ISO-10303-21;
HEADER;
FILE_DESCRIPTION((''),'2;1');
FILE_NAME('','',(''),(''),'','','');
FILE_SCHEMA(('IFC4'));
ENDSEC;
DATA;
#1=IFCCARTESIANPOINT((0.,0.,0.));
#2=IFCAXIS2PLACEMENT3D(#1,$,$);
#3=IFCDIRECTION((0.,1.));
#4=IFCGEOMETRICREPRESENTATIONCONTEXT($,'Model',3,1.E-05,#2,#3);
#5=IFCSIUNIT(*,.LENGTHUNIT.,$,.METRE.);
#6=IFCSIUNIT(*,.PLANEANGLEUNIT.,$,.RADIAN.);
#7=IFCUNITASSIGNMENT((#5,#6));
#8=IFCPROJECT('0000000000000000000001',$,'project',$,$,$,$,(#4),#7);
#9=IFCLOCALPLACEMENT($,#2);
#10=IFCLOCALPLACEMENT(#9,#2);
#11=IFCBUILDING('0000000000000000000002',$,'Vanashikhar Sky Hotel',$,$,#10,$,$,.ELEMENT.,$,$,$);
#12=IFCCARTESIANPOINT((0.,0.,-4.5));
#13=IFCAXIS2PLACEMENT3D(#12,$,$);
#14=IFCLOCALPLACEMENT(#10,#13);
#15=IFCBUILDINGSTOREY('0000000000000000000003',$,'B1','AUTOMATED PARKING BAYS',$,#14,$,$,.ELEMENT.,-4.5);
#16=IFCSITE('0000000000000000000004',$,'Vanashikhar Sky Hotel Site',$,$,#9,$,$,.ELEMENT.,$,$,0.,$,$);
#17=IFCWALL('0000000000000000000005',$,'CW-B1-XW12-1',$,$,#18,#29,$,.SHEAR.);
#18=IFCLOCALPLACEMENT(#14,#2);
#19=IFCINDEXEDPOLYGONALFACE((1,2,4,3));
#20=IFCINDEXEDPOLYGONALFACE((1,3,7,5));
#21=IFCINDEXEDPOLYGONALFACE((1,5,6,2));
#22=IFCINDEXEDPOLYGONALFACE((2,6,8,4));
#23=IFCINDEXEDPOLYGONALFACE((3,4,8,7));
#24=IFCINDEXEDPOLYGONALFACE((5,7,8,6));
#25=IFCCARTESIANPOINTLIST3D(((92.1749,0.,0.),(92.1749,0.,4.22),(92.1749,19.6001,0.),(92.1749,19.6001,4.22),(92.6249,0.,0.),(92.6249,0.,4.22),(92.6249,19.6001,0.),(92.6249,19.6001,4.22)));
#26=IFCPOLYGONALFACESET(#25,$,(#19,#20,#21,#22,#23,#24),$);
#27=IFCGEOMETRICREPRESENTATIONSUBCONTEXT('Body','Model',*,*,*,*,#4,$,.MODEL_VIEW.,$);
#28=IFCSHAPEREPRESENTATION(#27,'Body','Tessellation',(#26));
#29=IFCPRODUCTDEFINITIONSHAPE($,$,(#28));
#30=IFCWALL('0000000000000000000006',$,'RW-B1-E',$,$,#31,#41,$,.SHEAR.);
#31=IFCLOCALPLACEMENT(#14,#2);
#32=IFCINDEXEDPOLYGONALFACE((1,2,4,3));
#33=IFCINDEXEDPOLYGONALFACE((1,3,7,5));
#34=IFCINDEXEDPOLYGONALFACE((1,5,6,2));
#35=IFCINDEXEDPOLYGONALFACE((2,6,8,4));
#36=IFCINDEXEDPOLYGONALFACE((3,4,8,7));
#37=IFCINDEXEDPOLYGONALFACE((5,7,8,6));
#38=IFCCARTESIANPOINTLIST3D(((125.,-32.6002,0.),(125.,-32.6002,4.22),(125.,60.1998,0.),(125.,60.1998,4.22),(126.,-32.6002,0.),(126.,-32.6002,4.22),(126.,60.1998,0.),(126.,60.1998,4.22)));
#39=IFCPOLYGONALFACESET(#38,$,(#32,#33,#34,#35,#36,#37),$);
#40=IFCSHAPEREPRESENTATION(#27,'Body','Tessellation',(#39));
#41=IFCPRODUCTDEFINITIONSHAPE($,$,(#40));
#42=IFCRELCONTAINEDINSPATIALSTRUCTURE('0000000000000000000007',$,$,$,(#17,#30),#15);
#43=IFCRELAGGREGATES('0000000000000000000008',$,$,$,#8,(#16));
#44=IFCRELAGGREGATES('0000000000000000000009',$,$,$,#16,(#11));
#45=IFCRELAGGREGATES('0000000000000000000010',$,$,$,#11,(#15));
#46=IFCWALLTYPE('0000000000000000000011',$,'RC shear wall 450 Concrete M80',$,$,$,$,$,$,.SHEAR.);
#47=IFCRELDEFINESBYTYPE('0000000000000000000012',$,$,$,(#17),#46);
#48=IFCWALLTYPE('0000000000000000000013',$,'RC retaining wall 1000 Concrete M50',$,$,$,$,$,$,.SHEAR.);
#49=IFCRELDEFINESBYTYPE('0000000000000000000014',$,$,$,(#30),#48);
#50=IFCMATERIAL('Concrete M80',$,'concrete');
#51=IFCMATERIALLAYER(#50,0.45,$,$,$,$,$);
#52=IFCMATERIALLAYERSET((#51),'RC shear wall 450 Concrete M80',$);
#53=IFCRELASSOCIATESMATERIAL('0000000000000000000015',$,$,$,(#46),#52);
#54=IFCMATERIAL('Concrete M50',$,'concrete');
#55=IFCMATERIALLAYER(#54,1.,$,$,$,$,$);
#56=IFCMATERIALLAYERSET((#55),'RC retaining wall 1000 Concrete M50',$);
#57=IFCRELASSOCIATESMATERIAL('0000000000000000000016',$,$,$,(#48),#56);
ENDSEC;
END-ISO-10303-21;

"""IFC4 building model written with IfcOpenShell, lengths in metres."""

from ifc_helpers import new_model, si_unit, direction, frame, frame_2d, origin, place, context, subcontext, project, spatial, rectangle, extrude, source, transform, mapped, material, layer, layer_set, type_object, element, save


model = new_model("IFC4")

# Units and contexts
model_context = context("Model", 3, precision=1e-05, world=origin(), true_north=direction((0.0, 1.0)))
body_context = subcontext(model_context, "Body", "Model", "MODEL_VIEW")
ifc_project = project(units=[si_unit("LENGTHUNIT", "METRE"), si_unit("PLANEANGLEUNIT", "RADIAN")], contexts=[model_context])

# Site, building, storey
site_placement = place(None, origin())
site = spatial("IfcSite", under=ifc_project, at=site_placement, Name="Vanashikhar Sky Hotel Site", CompositionType="ELEMENT", RefElevation=0.0)
building_placement = place(site_placement, origin())
building = spatial("IfcBuilding", under=site, at=building_placement, Name="Vanashikhar Sky Hotel", CompositionType="ELEMENT")
storey_placement = place(building_placement, frame((0.0, 0.0, -4.5)))
storey = spatial("IfcBuildingStorey", under=building, at=storey_placement, Name="B1", Description="AUTOMATED PARKING BAYS", CompositionType="ELEMENT", Elevation=-4.5)

# Walls
ifc_material_1 = material(Name="Concrete M80", Category="concrete")
ifc_layer_1 = layer(ifc_material_1, 0.45)
ifc_layer_set_1 = layer_set([ifc_layer_1], Name="RC shear wall 450 Concrete M80")
wall_type_1 = type_object("IfcWallType", Name="RC shear wall 450 Concrete M80", PredefinedType="SHEAR", material=ifc_layer_set_1)
shared_shape_1 = source(origin(), body_context, "Body", "SweptSolid", [
    extrude(rectangle(XDim=19.6001, YDim=0.45, at=frame_2d((9.8, 0.0))), origin(), (0.0, 0.0, 1.0), 4.22),
])
wall_1_placement = place(storey_placement, frame((92.3999, 0.0, 0.0), z_axis=(0.0, 0.0, 1.0), x_axis=(0.0, 1.0, 0.0)))
element("IfcWall", 1, at=wall_1_placement, inside=storey, type_object=wall_type_1, Name="CW-B1-XW12-1", PredefinedType="SHEAR", context=body_context, shape_type="MappedRepresentation", body=[
    mapped(shared_shape_1, transform((0.0, 0.0, 0.0), scale=1.0)),
])
ifc_material_2 = material(Name="Concrete M50", Category="concrete")
ifc_layer_2 = layer(ifc_material_2, 1.0)
ifc_layer_set_2 = layer_set([ifc_layer_2], Name="RC retaining wall 1000 Concrete M50")
wall_type_2 = type_object("IfcWallType", Name="RC retaining wall 1000 Concrete M50", PredefinedType="SHEAR", material=ifc_layer_set_2)
shared_shape_2 = source(origin(), body_context, "Body", "SweptSolid", [
    extrude(rectangle(XDim=92.8, YDim=1.0, at=frame_2d((46.3999, 0.0))), origin(), (0.0, 0.0, 1.0), 4.22),
])
wall_2_placement = place(storey_placement, frame((125.5, -32.6001, 0.0), z_axis=(0.0, 0.0, 1.0), x_axis=(0.0, 1.0, 0.0)))
element("IfcWall", 2, at=wall_2_placement, inside=storey, type_object=wall_type_2, Name="RW-B1-E", PredefinedType="SHEAR", context=body_context, shape_type="MappedRepresentation", body=[
    mapped(shared_shape_2, transform((0.0, 0.0, 0.0), scale=1.0)),
])

save(model, "model.ifc")
